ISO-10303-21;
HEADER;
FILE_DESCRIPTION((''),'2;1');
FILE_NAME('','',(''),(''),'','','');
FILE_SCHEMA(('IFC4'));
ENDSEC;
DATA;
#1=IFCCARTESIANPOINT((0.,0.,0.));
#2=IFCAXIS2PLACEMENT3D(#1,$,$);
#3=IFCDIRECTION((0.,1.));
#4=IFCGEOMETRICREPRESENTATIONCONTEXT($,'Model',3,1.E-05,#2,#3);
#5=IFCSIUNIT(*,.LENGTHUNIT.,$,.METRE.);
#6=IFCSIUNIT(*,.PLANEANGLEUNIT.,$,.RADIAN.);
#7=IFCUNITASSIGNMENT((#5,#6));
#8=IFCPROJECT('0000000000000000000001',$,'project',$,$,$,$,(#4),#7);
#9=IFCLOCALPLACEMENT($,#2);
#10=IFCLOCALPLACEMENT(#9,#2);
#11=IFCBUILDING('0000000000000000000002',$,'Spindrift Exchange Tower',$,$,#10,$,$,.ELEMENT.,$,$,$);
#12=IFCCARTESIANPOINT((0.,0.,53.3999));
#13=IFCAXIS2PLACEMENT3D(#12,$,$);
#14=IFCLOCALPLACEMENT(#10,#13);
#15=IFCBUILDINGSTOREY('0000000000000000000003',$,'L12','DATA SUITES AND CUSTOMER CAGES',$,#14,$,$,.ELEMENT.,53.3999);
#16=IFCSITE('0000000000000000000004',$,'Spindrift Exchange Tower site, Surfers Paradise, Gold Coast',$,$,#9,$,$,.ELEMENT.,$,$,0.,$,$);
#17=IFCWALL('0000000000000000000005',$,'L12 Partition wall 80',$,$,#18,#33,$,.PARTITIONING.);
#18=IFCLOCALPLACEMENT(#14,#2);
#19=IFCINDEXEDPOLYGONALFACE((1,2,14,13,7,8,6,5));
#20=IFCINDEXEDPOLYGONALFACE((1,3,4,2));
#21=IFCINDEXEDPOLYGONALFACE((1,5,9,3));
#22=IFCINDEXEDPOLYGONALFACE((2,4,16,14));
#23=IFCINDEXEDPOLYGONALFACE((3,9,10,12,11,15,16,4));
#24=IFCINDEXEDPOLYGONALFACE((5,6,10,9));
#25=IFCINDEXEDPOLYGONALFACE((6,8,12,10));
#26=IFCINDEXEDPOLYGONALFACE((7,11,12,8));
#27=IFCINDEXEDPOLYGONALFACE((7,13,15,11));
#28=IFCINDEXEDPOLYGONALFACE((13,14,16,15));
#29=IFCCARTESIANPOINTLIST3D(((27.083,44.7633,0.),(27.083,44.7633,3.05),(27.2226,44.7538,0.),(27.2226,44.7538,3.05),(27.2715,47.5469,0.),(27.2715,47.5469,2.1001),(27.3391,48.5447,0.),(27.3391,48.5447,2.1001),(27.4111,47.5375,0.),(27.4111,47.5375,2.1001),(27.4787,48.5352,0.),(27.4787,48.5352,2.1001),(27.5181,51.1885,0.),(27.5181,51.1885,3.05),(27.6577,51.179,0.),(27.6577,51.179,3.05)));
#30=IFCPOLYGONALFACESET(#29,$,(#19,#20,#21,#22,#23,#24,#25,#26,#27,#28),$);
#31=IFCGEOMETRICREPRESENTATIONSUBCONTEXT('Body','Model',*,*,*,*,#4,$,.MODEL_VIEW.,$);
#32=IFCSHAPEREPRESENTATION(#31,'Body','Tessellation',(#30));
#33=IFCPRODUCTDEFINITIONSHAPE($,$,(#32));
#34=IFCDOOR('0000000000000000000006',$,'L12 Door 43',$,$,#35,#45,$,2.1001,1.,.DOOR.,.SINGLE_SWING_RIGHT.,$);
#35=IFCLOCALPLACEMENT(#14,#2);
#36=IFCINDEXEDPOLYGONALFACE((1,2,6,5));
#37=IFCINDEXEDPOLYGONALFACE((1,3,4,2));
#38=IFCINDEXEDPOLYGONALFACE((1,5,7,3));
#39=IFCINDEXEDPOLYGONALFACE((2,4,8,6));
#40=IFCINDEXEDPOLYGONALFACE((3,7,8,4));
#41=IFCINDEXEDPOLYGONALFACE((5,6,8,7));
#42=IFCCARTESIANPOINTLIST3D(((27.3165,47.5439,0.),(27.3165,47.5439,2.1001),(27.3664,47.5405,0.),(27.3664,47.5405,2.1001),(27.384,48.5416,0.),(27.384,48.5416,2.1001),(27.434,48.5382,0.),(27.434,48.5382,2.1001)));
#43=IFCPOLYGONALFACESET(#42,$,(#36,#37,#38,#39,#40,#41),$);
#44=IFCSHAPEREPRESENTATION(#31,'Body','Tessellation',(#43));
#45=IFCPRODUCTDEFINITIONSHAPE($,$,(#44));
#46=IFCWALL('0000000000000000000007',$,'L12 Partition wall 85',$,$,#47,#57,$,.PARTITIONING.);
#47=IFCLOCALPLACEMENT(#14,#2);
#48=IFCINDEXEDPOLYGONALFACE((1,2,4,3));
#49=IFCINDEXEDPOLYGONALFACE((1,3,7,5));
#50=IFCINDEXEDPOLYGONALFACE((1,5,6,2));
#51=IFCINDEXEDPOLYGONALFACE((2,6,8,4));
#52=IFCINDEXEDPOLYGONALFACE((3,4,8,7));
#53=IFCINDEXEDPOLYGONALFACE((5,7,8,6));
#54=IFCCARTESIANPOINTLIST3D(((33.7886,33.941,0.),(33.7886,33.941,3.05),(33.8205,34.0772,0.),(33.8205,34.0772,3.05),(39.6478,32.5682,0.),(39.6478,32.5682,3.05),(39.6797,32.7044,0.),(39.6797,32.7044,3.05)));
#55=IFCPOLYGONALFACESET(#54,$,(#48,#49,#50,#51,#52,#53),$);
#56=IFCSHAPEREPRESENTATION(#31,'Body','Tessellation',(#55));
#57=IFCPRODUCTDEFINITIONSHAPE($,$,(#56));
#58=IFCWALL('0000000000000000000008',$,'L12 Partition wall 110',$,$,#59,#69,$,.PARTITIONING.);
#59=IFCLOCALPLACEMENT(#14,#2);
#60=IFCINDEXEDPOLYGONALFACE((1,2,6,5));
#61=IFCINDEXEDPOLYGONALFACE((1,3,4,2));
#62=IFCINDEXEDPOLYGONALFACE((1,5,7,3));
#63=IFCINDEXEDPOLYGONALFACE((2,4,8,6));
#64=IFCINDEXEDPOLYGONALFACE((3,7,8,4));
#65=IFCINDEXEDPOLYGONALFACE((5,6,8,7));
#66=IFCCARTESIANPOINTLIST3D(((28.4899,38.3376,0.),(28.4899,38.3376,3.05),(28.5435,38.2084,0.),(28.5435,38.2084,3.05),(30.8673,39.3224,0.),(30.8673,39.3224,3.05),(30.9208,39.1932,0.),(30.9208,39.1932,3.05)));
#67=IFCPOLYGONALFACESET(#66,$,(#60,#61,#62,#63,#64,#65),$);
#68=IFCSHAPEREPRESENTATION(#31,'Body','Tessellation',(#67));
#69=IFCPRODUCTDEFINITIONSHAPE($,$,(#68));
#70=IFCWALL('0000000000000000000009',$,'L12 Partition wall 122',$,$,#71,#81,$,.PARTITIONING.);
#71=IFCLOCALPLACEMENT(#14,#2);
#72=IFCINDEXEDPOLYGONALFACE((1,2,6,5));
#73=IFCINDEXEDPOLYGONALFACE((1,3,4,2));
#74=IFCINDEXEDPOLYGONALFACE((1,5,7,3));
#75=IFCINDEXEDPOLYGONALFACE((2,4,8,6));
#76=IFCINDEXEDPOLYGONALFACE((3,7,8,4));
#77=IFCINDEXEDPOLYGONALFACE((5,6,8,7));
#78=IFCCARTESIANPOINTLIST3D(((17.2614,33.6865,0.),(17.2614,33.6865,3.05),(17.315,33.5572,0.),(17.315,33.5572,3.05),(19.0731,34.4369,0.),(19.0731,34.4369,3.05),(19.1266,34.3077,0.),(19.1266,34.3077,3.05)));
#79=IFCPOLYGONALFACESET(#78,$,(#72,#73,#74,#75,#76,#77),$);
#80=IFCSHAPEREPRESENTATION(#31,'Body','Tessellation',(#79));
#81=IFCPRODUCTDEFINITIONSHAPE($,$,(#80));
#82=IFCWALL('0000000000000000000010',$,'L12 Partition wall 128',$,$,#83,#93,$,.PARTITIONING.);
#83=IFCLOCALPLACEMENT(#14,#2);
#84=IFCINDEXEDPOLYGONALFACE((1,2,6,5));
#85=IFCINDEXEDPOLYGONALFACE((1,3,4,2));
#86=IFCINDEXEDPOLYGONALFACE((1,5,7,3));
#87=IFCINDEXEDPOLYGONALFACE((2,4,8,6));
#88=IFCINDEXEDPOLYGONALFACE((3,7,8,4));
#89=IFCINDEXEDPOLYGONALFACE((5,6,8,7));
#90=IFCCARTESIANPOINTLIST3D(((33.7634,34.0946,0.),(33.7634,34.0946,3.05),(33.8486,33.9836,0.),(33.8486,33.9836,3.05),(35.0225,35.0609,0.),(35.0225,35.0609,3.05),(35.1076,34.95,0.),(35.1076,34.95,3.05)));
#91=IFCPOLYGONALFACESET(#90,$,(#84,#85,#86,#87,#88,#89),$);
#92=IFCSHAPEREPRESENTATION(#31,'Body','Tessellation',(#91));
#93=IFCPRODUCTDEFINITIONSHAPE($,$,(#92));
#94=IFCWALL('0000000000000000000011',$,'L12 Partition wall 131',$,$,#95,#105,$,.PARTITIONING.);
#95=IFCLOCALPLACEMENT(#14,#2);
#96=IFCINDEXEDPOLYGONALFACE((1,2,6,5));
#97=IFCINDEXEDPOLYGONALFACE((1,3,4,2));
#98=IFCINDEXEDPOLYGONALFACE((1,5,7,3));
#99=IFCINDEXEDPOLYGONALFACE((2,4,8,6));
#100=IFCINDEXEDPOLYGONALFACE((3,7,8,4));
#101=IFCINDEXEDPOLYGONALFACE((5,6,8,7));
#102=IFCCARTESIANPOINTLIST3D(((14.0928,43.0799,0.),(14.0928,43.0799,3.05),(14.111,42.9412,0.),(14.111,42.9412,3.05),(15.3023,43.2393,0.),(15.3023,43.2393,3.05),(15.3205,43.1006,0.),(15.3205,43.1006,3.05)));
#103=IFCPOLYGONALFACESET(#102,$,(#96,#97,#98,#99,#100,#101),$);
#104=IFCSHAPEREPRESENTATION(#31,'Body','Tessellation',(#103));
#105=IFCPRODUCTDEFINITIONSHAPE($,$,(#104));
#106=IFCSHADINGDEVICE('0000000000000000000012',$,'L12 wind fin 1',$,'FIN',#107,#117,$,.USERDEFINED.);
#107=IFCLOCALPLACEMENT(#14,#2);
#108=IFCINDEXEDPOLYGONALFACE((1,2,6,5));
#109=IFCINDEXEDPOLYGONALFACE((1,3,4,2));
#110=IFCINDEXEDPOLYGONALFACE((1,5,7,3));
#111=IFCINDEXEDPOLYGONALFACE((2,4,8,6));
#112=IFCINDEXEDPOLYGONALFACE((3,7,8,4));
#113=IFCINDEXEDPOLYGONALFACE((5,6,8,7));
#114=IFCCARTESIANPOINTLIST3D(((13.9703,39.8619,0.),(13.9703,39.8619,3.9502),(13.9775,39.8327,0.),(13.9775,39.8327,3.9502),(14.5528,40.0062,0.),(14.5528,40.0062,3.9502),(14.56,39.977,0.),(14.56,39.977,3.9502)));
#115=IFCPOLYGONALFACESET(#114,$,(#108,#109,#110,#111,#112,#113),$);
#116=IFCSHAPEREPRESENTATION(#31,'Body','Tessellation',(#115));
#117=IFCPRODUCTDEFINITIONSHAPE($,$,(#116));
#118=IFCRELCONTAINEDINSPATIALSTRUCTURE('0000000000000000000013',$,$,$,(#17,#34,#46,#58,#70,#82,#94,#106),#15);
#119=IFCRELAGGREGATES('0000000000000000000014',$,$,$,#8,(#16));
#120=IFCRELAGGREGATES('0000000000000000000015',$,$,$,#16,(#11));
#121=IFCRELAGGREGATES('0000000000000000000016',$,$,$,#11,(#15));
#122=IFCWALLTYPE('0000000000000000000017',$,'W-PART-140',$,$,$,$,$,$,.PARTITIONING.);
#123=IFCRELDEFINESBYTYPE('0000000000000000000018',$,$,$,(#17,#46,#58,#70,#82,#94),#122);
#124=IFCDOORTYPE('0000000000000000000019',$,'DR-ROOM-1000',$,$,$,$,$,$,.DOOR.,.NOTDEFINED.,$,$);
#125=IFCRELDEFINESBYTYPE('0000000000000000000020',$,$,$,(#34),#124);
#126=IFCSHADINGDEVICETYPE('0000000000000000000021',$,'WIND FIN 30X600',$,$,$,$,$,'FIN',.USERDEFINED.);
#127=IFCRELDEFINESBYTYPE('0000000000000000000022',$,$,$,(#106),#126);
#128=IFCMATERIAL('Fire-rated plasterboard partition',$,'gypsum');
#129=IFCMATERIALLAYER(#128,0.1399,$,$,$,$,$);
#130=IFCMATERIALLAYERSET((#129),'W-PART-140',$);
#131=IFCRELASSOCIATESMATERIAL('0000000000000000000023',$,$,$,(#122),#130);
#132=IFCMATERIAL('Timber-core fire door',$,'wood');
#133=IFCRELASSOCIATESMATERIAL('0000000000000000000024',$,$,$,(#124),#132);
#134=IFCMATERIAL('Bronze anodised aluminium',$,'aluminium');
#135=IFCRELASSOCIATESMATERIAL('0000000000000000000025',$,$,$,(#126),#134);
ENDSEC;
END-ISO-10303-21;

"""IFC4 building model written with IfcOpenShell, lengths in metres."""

from ifc_helpers import new_model, si_unit, direction, frame, frame_2d, origin, origin_2d, place, context, subcontext, project, spatial, rectangle, extrude, source, transform, mapped, material, layer, layer_set, material_profile, profile_set, type_object, element, fill, save


model = new_model("IFC4")

# Units and contexts
model_context = context("Model", 3, precision=1e-05, world=origin(), true_north=direction((0.0, 1.0)))
body_context = subcontext(model_context, "Body", "Model", "MODEL_VIEW")
ifc_project = project(units=[si_unit("LENGTHUNIT", "METRE"), si_unit("PLANEANGLEUNIT", "RADIAN")], contexts=[model_context])

# Site, building, storey
site_placement = place(None, origin())
site = spatial("IfcSite", under=ifc_project, at=site_placement, Name="Spindrift Exchange Tower site, Surfers Paradise, Gold Coast", CompositionType="ELEMENT", RefElevation=0.0)
building_placement = place(site_placement, origin())
building = spatial("IfcBuilding", under=site, at=building_placement, Name="Spindrift Exchange Tower", CompositionType="ELEMENT")
storey_placement = place(building_placement, frame((0.0, 0.0, 53.3999)))
storey = spatial("IfcBuildingStorey", under=building, at=storey_placement, Name="L12", Description="DATA SUITES AND CUSTOMER CAGES", CompositionType="ELEMENT", Elevation=53.3999)

# Shared definitions
ifc_material_1 = material(Name="Bronze anodised aluminium", Category="aluminium")

# Shared definitions
ifc_material_2 = material(Name="Fire-rated plasterboard partition", Category="gypsum")
ifc_layer_1 = layer(ifc_material_2, 0.1399)
ifc_layer_set_1 = layer_set([ifc_layer_1], Name="W-PART-140")
wall_type = type_object("IfcWallType", Name="W-PART-140", PredefinedType="PARTITIONING", material=ifc_layer_set_1)

# Shared definitions
ifc_material_3 = material(Name="Timber-core fire door", Category="wood")
door_type = type_object("IfcDoorType", Name="DR-ROOM-1000", OperationType="NOTDEFINED", PredefinedType="DOOR", material=ifc_material_3)
shared_shape_1 = source(origin(), body_context, "Body", "SweptSolid", [
    extrude(rectangle(XDim=1.0, YDim=2.1001, at=frame_2d((0.5, 1.05))), frame((0.0, 0.0249, 0.0), z_axis=(0.0, -1.0, 0.0), x_axis=(1.0, 0.0, 0.0)), (0.0, 0.0, 1.0), 0.05),
])

# Wall, opening, door
wall_1_placement = place(storey_placement, frame((27.1528, 44.7585, 0.0), z_axis=(0.0, 0.0, 1.0), x_axis=(0.067556, 0.997716, 0.0)))
wall_1 = element("IfcWall", 1, at=wall_1_placement, inside=storey, type_object=wall_type, Name="L12 Partition wall 80", PredefinedType="PARTITIONING", context=body_context, shape_type="SweptSolid", body=[
    extrude(rectangle(XDim=6.4399, YDim=0.1399, at=frame_2d((3.22, 0.0))), origin(), (0.0, 0.0, 1.0), 3.05),
])
opening_1_placement = place(wall_1_placement, frame((2.79, 0.0, 0.0)))
opening_1 = element("IfcOpeningElement", 2, at=opening_1_placement, cuts=wall_1, PredefinedType="OPENING", context=body_context, shape_type="SweptSolid", body=[
    extrude(rectangle(XDim=1.0, YDim=2.1001, at=frame_2d((0.5, 1.05))), frame((0.0, 0.0798, 0.0), z_axis=(0.0, -1.0, 0.0), x_axis=(1.0, 0.0, 0.0)), (0.0, 0.0, 1.0), 0.1599),
])
door_1_placement = place(opening_1_placement, origin())
door_1 = element("IfcDoor", 3, at=door_1_placement, inside=storey, type_object=door_type, Name="L12 Door 43", OperationType="SINGLE_SWING_RIGHT", OverallHeight=2.1001, OverallWidth=1.0, PredefinedType="DOOR", context=body_context, shape_type="MappedRepresentation", body=[
    mapped(shared_shape_1, transform((0.0, 0.0, 0.0), scale=1.0)),
])
fill(opening_1, door_1)

# Walls
wall_2_placement = place(storey_placement, frame((33.8047, 34.009, 0.0), z_axis=(0.0, 0.0, 1.0), x_axis=(0.973632, -0.228123, 0.0)))
element("IfcWall", 4, at=wall_2_placement, inside=storey, type_object=wall_type, Name="L12 Partition wall 85", PredefinedType="PARTITIONING", context=body_context, shape_type="SweptSolid", body=[
    extrude(rectangle(XDim=6.0178, YDim=0.1399, at=frame_2d((3.0088, 0.0))), origin(), (0.0, 0.0, 1.0), 3.05),
])
wall_3_placement = place(storey_placement, frame((30.894, 39.2578, 0.0), z_axis=(0.0, 0.0, 1.0), x_axis=(-0.923867, -0.382715, 0.0)))
element("IfcWall", 5, at=wall_3_placement, inside=storey, type_object=wall_type, Name="L12 Partition wall 110", PredefinedType="PARTITIONING", context=body_context, shape_type="SweptSolid", body=[
    extrude(rectangle(XDim=2.5732, YDim=0.1399, at=frame_2d((1.2866, 0.0))), origin(), (0.0, 0.0, 1.0), 3.05),
])
wall_4_placement = place(storey_placement, frame((19.0999, 34.3723, 0.0), z_axis=(0.0, 0.0, 1.0), x_axis=(-0.923874, -0.382696, 0.0)))
element("IfcWall", 6, at=wall_4_placement, inside=storey, type_object=wall_type, Name="L12 Partition wall 122", PredefinedType="PARTITIONING", context=body_context, shape_type="SweptSolid", body=[
    extrude(rectangle(XDim=1.9609, YDim=0.1399, at=frame_2d((0.9805, 0.0))), origin(), (0.0, 0.0, 1.0), 3.05),
])
wall_5_placement = place(storey_placement, frame((35.0649, 35.0054, 0.0), z_axis=(0.0, 0.0, 1.0), x_axis=(-0.793287, -0.608848, 0.0)))
element("IfcWall", 7, at=wall_5_placement, inside=storey, type_object=wall_type, Name="L12 Partition wall 128", PredefinedType="PARTITIONING", context=body_context, shape_type="SweptSolid", body=[
    extrude(rectangle(XDim=1.5872, YDim=0.1399, at=frame_2d((0.7935, 0.0))), origin(), (0.0, 0.0, 1.0), 3.05),
])
wall_6_placement = place(storey_placement, frame((15.3113, 43.1699, 0.0), z_axis=(0.0, 0.0, 1.0), x_axis=(-0.991424, -0.130682, 0.0)))
element("IfcWall", 8, at=wall_6_placement, inside=storey, type_object=wall_type, Name="L12 Partition wall 131", PredefinedType="PARTITIONING", context=body_context, shape_type="SweptSolid", body=[
    extrude(rectangle(XDim=1.22, YDim=0.1399, at=frame_2d((0.6099, 0.0))), origin(), (0.0, 0.0, 1.0), 3.05),
])

# Shading device
ifc_material_profile_1 = material_profile(ifc_material_1, rectangle(XDim=0.03, YDim=0.6001, at=origin_2d()), Name="WIND FIN 30X600")
ifc_profile_set_1 = profile_set([ifc_material_profile_1], Name="Bronze anodised aluminium")
shading_device_type = type_object("IfcShadingDeviceType", Name="WIND FIN 30X600", ElementType="FIN", PredefinedType="USERDEFINED", material=ifc_profile_set_1)
shared_shape_2 = source(origin(), body_context, "Body", "SweptSolid", [
    extrude(rectangle(XDim=0.03, YDim=0.6001, at=origin_2d()), origin(), (0.0, 0.0, 1.0), 3.9502),
])
shading_device_placement = place(storey_placement, frame((14.2651, 39.9194, 0.0), z_axis=(0.0, 0.0, 1.0), x_axis=(0.240475, -0.970655, 0.0)))
element("IfcShadingDevice", 9, at=shading_device_placement, inside=storey, type_object=shading_device_type, Name="L12 wind fin 1", ObjectType="FIN", PredefinedType="USERDEFINED", context=body_context, shape_type="MappedRepresentation", body=[
    mapped(shared_shape_2, transform((0.0, 0.0, 0.0), scale=1.0)),
])

save(model, "model.ifc")
